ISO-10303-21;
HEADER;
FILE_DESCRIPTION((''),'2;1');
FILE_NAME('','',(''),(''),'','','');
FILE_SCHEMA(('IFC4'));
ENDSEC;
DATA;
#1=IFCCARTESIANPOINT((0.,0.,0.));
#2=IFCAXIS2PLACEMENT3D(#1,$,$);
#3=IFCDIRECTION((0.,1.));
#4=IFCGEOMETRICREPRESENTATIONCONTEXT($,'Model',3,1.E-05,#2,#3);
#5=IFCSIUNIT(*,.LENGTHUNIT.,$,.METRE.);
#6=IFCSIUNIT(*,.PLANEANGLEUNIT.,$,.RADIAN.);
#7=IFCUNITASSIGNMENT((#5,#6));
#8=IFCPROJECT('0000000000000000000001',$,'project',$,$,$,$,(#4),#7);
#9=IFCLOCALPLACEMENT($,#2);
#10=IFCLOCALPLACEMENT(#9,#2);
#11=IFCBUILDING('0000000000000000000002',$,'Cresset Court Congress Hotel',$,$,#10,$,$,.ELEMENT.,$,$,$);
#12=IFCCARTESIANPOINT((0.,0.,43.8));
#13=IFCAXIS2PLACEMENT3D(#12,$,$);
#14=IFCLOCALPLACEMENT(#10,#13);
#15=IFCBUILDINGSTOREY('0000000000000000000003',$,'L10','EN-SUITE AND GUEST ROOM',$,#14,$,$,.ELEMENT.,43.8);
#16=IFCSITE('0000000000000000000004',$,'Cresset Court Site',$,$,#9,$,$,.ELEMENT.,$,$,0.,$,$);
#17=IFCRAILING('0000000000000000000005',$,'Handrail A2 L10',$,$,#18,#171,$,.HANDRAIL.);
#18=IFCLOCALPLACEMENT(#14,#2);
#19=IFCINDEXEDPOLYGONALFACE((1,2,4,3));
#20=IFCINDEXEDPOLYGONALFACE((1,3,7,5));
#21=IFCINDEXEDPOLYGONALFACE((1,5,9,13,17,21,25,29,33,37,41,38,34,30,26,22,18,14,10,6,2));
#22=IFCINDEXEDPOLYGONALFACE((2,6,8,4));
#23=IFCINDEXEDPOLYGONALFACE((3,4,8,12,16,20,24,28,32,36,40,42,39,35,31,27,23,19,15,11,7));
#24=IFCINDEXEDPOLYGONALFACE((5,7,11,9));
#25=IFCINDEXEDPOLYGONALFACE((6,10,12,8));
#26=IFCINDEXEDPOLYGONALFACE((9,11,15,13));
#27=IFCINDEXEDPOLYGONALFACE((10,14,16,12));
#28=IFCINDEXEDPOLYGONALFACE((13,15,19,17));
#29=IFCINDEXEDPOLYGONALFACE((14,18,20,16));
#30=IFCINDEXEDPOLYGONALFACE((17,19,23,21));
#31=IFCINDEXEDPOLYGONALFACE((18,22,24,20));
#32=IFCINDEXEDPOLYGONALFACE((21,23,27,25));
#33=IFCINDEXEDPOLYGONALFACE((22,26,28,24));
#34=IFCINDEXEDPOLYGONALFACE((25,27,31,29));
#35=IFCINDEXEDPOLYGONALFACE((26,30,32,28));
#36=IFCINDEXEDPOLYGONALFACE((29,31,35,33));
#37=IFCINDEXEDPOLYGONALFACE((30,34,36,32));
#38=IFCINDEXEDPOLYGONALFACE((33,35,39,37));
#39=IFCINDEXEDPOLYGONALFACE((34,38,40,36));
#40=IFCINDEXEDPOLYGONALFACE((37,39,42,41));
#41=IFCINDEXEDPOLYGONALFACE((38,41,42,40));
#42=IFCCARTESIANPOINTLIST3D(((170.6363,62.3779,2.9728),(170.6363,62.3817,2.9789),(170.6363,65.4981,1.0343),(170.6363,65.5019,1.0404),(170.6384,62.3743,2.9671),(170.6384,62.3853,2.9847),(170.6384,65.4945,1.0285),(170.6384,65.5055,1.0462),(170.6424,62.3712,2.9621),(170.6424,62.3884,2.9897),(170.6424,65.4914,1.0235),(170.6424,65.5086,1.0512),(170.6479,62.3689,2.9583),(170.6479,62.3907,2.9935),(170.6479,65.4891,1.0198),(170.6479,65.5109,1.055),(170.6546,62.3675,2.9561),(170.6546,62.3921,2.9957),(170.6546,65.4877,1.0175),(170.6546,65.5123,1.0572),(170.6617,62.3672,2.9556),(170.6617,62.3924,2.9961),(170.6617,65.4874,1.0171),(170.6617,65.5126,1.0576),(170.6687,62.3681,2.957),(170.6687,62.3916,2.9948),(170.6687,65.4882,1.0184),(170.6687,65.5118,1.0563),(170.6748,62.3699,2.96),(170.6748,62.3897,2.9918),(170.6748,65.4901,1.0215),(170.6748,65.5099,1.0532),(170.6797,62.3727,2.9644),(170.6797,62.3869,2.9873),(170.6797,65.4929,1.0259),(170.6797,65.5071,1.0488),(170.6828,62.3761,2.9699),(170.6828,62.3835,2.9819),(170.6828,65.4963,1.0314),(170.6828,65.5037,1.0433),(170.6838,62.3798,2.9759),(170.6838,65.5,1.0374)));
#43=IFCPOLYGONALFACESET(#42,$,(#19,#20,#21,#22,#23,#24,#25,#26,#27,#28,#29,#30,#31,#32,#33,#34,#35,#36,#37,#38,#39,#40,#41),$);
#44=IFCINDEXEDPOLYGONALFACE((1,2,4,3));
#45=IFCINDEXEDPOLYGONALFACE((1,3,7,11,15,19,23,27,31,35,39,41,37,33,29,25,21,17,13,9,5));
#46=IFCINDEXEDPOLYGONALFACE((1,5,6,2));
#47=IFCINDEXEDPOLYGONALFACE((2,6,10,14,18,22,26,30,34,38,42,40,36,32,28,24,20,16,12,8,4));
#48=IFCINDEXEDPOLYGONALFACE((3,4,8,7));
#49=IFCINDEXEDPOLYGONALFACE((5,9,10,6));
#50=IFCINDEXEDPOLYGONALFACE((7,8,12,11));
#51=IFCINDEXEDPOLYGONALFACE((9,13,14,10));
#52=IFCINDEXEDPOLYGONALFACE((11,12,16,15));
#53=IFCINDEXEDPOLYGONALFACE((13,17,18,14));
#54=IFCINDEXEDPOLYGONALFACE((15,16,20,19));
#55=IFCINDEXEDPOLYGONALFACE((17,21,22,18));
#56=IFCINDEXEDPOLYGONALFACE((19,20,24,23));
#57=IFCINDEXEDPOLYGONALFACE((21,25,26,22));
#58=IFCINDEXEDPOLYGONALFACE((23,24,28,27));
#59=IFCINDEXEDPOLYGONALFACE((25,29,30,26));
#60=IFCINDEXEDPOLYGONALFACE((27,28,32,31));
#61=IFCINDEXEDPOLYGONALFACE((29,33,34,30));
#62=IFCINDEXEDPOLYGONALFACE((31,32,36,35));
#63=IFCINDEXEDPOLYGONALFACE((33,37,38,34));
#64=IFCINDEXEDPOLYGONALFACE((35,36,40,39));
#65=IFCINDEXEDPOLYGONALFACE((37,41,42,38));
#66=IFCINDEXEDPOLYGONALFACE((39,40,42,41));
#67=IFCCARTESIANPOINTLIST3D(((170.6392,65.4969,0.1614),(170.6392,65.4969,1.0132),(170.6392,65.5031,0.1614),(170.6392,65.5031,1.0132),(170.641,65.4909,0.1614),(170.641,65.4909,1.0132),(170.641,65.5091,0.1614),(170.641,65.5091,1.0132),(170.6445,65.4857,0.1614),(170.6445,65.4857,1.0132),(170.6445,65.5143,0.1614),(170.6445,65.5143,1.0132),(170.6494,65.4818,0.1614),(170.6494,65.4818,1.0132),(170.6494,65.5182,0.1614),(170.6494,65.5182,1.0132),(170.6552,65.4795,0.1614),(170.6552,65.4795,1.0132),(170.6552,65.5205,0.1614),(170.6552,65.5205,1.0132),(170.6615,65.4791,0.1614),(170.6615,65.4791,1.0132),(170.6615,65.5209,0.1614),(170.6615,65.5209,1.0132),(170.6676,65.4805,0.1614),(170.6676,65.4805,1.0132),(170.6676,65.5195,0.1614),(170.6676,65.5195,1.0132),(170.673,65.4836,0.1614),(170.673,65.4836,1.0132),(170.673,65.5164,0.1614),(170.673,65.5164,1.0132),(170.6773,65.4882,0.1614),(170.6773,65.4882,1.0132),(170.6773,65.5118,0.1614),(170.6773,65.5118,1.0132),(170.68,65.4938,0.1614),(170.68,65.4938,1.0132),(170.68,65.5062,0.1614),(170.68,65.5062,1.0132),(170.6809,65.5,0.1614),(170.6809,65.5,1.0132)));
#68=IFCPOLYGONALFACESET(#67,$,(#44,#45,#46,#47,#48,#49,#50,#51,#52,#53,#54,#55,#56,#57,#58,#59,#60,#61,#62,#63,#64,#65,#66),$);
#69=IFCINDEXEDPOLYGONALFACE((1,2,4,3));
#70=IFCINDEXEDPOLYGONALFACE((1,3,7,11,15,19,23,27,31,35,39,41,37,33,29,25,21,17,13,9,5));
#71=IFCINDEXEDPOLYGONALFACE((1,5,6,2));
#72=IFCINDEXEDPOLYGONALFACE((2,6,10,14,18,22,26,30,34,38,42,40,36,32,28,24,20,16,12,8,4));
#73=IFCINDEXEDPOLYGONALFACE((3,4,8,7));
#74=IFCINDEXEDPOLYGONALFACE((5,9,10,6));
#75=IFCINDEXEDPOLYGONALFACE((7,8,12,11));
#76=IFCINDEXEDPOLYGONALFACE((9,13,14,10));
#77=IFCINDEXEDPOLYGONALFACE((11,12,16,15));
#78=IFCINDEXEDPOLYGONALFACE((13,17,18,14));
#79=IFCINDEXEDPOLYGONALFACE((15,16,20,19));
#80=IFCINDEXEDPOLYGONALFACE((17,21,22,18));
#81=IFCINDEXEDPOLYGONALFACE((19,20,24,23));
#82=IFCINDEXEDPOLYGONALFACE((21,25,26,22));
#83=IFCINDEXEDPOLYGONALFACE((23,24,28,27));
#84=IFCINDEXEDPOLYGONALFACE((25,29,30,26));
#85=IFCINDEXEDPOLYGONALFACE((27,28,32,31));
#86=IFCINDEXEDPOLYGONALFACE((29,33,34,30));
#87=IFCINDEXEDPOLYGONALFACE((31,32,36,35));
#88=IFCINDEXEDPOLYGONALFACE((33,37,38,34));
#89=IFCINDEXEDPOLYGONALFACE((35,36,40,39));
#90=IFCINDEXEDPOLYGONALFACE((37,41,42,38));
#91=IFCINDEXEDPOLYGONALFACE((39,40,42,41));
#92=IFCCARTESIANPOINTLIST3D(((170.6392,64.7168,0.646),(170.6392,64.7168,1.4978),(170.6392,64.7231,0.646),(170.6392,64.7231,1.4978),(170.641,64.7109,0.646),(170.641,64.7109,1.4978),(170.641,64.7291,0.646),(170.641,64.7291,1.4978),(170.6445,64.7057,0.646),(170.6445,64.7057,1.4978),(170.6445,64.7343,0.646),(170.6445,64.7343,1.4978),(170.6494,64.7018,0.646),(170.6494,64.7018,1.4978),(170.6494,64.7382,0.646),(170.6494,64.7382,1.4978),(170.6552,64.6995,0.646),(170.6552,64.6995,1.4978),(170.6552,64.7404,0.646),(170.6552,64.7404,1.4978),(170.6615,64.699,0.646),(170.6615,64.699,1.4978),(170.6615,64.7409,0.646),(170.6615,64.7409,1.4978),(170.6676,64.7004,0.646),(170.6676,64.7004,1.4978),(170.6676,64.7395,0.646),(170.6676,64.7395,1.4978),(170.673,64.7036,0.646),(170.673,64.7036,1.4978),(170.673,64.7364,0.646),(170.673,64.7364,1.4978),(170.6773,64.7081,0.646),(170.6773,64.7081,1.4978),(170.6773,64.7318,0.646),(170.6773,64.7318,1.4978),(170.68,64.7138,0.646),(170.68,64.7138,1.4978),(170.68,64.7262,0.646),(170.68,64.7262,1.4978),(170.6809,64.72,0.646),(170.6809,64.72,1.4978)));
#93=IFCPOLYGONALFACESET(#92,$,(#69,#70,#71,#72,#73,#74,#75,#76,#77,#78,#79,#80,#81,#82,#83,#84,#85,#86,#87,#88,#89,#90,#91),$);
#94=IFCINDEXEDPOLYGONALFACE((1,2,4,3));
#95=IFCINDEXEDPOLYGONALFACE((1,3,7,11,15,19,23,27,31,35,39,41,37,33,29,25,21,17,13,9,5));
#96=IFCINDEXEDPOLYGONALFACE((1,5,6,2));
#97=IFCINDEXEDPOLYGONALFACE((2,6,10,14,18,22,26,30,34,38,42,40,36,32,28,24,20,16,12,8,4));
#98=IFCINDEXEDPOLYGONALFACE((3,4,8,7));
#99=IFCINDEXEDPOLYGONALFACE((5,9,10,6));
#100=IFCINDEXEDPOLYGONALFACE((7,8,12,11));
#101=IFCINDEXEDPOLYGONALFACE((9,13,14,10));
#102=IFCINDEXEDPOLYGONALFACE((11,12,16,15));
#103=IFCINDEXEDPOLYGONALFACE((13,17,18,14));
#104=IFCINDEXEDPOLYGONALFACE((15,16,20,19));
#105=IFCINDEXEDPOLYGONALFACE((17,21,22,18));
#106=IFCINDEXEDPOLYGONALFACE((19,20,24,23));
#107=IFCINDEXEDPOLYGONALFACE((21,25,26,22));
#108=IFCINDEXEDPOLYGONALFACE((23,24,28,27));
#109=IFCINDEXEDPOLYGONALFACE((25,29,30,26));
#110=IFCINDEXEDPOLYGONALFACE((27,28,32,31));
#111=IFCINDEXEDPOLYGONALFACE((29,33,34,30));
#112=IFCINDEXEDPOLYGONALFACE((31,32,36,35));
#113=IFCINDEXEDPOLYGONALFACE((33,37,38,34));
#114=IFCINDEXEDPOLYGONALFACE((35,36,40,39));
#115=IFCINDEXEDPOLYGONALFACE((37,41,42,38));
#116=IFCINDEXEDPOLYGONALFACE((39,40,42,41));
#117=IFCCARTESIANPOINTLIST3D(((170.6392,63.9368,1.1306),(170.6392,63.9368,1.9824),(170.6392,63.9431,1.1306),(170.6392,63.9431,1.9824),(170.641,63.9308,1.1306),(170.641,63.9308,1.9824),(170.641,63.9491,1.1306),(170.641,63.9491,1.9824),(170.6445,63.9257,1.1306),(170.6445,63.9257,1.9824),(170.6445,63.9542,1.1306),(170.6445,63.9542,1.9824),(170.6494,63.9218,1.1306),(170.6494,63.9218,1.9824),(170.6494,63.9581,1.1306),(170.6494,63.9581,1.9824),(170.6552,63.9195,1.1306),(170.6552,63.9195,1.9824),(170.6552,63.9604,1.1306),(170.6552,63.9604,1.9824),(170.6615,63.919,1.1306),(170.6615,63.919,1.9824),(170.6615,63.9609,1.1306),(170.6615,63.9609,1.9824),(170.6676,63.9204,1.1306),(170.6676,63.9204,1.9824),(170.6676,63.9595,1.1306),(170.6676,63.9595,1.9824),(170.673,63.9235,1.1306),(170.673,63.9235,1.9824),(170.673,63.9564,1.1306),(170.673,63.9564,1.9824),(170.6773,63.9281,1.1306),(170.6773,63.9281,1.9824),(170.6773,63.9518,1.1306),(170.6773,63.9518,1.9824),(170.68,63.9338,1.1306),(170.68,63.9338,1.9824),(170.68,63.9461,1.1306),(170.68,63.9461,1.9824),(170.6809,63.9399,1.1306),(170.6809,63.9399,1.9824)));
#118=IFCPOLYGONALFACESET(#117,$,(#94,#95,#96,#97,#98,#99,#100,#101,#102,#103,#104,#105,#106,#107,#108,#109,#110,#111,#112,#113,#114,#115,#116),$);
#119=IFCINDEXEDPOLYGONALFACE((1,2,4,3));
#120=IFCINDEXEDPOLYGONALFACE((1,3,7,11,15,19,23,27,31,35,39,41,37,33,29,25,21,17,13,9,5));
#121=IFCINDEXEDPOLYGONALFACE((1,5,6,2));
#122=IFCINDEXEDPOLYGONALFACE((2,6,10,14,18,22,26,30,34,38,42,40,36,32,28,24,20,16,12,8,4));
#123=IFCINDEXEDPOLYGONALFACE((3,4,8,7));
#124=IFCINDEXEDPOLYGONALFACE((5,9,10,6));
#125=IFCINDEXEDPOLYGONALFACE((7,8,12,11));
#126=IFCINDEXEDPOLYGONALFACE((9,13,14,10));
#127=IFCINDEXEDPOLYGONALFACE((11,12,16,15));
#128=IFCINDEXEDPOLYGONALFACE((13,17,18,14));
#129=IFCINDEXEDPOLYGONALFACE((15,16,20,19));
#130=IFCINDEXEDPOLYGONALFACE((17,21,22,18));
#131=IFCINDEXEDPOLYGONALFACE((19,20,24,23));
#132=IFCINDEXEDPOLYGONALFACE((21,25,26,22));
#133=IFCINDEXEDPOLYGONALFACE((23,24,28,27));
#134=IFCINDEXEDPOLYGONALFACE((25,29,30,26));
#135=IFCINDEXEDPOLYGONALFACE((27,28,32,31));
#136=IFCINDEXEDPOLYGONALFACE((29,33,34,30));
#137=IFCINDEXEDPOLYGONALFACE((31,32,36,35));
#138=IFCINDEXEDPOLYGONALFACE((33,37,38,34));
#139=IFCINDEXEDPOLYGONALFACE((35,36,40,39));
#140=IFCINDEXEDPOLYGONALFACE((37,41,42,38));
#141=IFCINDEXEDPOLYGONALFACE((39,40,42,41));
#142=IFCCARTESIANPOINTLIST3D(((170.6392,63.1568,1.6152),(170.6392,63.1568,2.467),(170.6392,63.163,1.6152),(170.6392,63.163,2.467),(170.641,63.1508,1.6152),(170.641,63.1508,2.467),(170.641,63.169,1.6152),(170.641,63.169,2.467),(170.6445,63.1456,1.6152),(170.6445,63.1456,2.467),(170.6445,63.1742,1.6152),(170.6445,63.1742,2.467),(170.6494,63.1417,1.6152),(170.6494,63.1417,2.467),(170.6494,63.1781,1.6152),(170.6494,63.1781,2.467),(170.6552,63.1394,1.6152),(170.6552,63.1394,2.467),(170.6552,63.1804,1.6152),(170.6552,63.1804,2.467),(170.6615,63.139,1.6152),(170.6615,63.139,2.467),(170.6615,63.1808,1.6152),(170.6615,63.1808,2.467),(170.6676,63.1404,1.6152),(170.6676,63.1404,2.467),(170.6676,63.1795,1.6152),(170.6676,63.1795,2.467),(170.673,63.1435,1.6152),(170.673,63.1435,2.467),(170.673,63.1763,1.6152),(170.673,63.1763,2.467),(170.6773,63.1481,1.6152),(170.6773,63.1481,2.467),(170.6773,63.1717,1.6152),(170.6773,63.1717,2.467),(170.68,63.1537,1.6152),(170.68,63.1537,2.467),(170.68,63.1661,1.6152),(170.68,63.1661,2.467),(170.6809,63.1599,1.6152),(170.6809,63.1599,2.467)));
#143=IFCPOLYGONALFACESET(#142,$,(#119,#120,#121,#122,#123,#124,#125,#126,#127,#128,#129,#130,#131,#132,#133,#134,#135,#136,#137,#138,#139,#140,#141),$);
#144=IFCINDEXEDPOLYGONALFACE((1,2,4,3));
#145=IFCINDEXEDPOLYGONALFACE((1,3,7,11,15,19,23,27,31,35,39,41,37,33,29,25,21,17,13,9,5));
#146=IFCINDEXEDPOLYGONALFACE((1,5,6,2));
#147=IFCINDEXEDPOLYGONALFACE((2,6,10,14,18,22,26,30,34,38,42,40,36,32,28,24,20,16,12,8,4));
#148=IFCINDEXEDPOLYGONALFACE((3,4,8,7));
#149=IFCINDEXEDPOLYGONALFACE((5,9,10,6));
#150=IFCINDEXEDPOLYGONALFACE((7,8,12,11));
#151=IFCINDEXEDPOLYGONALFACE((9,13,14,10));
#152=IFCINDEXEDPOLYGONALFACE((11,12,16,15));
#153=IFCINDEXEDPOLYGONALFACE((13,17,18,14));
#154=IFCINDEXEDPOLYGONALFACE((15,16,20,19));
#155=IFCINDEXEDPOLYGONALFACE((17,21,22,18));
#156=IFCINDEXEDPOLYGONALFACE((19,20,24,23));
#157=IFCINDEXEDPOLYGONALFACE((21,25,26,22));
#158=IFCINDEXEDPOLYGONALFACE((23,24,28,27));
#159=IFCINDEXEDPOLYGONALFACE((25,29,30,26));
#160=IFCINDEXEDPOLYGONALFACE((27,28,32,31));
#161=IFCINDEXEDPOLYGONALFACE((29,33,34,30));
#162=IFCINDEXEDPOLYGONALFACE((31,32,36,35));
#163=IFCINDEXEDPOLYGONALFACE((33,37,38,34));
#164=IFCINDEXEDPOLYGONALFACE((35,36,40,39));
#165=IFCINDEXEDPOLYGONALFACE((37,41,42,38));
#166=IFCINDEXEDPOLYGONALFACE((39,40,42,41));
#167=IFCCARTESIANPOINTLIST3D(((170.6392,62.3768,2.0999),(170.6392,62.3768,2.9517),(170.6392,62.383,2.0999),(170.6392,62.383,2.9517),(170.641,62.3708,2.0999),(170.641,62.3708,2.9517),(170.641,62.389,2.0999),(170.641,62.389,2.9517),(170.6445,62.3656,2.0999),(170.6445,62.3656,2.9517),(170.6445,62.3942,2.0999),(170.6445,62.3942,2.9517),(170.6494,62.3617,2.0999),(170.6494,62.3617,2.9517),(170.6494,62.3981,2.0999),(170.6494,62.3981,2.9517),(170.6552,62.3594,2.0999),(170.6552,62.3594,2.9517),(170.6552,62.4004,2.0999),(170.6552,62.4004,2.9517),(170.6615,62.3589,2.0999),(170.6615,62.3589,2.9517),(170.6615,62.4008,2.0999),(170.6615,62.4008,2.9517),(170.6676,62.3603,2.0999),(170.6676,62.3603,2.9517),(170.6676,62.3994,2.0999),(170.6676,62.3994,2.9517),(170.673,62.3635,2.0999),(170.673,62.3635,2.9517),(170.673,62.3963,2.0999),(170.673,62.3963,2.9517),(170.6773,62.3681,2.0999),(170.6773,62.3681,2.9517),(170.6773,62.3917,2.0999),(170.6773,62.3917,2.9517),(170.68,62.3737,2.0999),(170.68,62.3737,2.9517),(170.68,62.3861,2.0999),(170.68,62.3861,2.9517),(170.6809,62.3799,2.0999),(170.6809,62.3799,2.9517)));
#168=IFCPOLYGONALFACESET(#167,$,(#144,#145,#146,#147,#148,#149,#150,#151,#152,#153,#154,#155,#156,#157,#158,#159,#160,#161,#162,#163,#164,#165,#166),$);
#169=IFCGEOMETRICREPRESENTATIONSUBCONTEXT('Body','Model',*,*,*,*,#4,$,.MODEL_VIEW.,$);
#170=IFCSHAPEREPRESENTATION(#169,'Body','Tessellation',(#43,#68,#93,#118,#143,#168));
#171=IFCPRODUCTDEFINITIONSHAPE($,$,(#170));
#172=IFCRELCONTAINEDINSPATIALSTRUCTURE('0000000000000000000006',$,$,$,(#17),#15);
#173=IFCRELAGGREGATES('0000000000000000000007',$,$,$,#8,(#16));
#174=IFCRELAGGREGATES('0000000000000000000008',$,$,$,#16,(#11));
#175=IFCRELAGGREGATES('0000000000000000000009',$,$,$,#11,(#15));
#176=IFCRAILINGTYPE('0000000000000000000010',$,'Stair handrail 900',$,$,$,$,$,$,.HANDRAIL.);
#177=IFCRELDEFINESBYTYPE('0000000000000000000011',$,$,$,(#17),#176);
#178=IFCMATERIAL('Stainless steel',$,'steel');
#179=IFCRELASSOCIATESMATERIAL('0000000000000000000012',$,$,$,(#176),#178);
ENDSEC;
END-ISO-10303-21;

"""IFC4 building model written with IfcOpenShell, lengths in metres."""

from ifc_helpers import new_model, si_unit, direction, frame, origin, origin_2d, place, context, subcontext, project, spatial, circle, extrude, material, type_object, element, save


model = new_model("IFC4")

# Units and contexts
model_context = context("Model", 3, precision=1e-05, world=origin(), true_north=direction((0.0, 1.0)))
body_context = subcontext(model_context, "Body", "Model", "MODEL_VIEW")
ifc_project = project(units=[si_unit("LENGTHUNIT", "METRE"), si_unit("PLANEANGLEUNIT", "RADIAN")], contexts=[model_context])

# Site, building, storey
site_placement = place(None, origin())
site = spatial("IfcSite", under=ifc_project, at=site_placement, Name="Cresset Court Site", CompositionType="ELEMENT", RefElevation=0.0)
building_placement = place(site_placement, origin())
building = spatial("IfcBuilding", under=site, at=building_placement, Name="Cresset Court Congress Hotel", CompositionType="ELEMENT")
storey_placement = place(building_placement, frame((0.0, 0.0, 43.8)))
storey = spatial("IfcBuildingStorey", under=building, at=storey_placement, Name="L10", Description="EN-SUITE AND GUEST ROOM", CompositionType="ELEMENT", Elevation=43.8)

# Railing
ifc_material_1 = material(Name="Stainless steel", Category="steel")
railing_type_1 = type_object("IfcRailingType", Name="Stair handrail 900", PredefinedType="HANDRAIL", material=ifc_material_1)
for number, where, name in (
    (1, (170.6599, 65.5, 0.1614), "Handrail A2 L10"),
):
    element("IfcRailing", number, at=place(storey_placement, frame(where)), inside=storey, type_object=railing_type_1, Name=name, PredefinedType="HANDRAIL", context=body_context, shape_type="SweptSolid", body=[
        extrude(circle(Radius=0.0239, at=origin_2d()), frame((0.0, 0.0, 0.876), z_axis=(0.0, -0.849414, 0.527727), x_axis=(1.0, 0.0, 0.0)), (0.0, 0.0, 1.0), 3.6733),
        extrude(circle(Radius=0.021, at=origin_2d()), origin(), (0.0, 0.0, 1.0), 0.8518),
        extrude(circle(Radius=0.021, at=origin_2d()), frame((0.0, -0.78, 0.4846)), (0.0, 0.0, 1.0), 0.8518),
        extrude(circle(Radius=0.021, at=origin_2d()), frame((0.0, -1.5601, 0.9692)), (0.0, 0.0, 1.0), 0.8518),
        extrude(circle(Radius=0.021, at=origin_2d()), frame((0.0, -2.3401, 1.4539)), (0.0, 0.0, 1.0), 0.8518),
        extrude(circle(Radius=0.021, at=origin_2d()), frame((0.0, -3.1201, 1.9385)), (0.0, 0.0, 1.0), 0.8518),
    ])

save(model, "model.ifc")
